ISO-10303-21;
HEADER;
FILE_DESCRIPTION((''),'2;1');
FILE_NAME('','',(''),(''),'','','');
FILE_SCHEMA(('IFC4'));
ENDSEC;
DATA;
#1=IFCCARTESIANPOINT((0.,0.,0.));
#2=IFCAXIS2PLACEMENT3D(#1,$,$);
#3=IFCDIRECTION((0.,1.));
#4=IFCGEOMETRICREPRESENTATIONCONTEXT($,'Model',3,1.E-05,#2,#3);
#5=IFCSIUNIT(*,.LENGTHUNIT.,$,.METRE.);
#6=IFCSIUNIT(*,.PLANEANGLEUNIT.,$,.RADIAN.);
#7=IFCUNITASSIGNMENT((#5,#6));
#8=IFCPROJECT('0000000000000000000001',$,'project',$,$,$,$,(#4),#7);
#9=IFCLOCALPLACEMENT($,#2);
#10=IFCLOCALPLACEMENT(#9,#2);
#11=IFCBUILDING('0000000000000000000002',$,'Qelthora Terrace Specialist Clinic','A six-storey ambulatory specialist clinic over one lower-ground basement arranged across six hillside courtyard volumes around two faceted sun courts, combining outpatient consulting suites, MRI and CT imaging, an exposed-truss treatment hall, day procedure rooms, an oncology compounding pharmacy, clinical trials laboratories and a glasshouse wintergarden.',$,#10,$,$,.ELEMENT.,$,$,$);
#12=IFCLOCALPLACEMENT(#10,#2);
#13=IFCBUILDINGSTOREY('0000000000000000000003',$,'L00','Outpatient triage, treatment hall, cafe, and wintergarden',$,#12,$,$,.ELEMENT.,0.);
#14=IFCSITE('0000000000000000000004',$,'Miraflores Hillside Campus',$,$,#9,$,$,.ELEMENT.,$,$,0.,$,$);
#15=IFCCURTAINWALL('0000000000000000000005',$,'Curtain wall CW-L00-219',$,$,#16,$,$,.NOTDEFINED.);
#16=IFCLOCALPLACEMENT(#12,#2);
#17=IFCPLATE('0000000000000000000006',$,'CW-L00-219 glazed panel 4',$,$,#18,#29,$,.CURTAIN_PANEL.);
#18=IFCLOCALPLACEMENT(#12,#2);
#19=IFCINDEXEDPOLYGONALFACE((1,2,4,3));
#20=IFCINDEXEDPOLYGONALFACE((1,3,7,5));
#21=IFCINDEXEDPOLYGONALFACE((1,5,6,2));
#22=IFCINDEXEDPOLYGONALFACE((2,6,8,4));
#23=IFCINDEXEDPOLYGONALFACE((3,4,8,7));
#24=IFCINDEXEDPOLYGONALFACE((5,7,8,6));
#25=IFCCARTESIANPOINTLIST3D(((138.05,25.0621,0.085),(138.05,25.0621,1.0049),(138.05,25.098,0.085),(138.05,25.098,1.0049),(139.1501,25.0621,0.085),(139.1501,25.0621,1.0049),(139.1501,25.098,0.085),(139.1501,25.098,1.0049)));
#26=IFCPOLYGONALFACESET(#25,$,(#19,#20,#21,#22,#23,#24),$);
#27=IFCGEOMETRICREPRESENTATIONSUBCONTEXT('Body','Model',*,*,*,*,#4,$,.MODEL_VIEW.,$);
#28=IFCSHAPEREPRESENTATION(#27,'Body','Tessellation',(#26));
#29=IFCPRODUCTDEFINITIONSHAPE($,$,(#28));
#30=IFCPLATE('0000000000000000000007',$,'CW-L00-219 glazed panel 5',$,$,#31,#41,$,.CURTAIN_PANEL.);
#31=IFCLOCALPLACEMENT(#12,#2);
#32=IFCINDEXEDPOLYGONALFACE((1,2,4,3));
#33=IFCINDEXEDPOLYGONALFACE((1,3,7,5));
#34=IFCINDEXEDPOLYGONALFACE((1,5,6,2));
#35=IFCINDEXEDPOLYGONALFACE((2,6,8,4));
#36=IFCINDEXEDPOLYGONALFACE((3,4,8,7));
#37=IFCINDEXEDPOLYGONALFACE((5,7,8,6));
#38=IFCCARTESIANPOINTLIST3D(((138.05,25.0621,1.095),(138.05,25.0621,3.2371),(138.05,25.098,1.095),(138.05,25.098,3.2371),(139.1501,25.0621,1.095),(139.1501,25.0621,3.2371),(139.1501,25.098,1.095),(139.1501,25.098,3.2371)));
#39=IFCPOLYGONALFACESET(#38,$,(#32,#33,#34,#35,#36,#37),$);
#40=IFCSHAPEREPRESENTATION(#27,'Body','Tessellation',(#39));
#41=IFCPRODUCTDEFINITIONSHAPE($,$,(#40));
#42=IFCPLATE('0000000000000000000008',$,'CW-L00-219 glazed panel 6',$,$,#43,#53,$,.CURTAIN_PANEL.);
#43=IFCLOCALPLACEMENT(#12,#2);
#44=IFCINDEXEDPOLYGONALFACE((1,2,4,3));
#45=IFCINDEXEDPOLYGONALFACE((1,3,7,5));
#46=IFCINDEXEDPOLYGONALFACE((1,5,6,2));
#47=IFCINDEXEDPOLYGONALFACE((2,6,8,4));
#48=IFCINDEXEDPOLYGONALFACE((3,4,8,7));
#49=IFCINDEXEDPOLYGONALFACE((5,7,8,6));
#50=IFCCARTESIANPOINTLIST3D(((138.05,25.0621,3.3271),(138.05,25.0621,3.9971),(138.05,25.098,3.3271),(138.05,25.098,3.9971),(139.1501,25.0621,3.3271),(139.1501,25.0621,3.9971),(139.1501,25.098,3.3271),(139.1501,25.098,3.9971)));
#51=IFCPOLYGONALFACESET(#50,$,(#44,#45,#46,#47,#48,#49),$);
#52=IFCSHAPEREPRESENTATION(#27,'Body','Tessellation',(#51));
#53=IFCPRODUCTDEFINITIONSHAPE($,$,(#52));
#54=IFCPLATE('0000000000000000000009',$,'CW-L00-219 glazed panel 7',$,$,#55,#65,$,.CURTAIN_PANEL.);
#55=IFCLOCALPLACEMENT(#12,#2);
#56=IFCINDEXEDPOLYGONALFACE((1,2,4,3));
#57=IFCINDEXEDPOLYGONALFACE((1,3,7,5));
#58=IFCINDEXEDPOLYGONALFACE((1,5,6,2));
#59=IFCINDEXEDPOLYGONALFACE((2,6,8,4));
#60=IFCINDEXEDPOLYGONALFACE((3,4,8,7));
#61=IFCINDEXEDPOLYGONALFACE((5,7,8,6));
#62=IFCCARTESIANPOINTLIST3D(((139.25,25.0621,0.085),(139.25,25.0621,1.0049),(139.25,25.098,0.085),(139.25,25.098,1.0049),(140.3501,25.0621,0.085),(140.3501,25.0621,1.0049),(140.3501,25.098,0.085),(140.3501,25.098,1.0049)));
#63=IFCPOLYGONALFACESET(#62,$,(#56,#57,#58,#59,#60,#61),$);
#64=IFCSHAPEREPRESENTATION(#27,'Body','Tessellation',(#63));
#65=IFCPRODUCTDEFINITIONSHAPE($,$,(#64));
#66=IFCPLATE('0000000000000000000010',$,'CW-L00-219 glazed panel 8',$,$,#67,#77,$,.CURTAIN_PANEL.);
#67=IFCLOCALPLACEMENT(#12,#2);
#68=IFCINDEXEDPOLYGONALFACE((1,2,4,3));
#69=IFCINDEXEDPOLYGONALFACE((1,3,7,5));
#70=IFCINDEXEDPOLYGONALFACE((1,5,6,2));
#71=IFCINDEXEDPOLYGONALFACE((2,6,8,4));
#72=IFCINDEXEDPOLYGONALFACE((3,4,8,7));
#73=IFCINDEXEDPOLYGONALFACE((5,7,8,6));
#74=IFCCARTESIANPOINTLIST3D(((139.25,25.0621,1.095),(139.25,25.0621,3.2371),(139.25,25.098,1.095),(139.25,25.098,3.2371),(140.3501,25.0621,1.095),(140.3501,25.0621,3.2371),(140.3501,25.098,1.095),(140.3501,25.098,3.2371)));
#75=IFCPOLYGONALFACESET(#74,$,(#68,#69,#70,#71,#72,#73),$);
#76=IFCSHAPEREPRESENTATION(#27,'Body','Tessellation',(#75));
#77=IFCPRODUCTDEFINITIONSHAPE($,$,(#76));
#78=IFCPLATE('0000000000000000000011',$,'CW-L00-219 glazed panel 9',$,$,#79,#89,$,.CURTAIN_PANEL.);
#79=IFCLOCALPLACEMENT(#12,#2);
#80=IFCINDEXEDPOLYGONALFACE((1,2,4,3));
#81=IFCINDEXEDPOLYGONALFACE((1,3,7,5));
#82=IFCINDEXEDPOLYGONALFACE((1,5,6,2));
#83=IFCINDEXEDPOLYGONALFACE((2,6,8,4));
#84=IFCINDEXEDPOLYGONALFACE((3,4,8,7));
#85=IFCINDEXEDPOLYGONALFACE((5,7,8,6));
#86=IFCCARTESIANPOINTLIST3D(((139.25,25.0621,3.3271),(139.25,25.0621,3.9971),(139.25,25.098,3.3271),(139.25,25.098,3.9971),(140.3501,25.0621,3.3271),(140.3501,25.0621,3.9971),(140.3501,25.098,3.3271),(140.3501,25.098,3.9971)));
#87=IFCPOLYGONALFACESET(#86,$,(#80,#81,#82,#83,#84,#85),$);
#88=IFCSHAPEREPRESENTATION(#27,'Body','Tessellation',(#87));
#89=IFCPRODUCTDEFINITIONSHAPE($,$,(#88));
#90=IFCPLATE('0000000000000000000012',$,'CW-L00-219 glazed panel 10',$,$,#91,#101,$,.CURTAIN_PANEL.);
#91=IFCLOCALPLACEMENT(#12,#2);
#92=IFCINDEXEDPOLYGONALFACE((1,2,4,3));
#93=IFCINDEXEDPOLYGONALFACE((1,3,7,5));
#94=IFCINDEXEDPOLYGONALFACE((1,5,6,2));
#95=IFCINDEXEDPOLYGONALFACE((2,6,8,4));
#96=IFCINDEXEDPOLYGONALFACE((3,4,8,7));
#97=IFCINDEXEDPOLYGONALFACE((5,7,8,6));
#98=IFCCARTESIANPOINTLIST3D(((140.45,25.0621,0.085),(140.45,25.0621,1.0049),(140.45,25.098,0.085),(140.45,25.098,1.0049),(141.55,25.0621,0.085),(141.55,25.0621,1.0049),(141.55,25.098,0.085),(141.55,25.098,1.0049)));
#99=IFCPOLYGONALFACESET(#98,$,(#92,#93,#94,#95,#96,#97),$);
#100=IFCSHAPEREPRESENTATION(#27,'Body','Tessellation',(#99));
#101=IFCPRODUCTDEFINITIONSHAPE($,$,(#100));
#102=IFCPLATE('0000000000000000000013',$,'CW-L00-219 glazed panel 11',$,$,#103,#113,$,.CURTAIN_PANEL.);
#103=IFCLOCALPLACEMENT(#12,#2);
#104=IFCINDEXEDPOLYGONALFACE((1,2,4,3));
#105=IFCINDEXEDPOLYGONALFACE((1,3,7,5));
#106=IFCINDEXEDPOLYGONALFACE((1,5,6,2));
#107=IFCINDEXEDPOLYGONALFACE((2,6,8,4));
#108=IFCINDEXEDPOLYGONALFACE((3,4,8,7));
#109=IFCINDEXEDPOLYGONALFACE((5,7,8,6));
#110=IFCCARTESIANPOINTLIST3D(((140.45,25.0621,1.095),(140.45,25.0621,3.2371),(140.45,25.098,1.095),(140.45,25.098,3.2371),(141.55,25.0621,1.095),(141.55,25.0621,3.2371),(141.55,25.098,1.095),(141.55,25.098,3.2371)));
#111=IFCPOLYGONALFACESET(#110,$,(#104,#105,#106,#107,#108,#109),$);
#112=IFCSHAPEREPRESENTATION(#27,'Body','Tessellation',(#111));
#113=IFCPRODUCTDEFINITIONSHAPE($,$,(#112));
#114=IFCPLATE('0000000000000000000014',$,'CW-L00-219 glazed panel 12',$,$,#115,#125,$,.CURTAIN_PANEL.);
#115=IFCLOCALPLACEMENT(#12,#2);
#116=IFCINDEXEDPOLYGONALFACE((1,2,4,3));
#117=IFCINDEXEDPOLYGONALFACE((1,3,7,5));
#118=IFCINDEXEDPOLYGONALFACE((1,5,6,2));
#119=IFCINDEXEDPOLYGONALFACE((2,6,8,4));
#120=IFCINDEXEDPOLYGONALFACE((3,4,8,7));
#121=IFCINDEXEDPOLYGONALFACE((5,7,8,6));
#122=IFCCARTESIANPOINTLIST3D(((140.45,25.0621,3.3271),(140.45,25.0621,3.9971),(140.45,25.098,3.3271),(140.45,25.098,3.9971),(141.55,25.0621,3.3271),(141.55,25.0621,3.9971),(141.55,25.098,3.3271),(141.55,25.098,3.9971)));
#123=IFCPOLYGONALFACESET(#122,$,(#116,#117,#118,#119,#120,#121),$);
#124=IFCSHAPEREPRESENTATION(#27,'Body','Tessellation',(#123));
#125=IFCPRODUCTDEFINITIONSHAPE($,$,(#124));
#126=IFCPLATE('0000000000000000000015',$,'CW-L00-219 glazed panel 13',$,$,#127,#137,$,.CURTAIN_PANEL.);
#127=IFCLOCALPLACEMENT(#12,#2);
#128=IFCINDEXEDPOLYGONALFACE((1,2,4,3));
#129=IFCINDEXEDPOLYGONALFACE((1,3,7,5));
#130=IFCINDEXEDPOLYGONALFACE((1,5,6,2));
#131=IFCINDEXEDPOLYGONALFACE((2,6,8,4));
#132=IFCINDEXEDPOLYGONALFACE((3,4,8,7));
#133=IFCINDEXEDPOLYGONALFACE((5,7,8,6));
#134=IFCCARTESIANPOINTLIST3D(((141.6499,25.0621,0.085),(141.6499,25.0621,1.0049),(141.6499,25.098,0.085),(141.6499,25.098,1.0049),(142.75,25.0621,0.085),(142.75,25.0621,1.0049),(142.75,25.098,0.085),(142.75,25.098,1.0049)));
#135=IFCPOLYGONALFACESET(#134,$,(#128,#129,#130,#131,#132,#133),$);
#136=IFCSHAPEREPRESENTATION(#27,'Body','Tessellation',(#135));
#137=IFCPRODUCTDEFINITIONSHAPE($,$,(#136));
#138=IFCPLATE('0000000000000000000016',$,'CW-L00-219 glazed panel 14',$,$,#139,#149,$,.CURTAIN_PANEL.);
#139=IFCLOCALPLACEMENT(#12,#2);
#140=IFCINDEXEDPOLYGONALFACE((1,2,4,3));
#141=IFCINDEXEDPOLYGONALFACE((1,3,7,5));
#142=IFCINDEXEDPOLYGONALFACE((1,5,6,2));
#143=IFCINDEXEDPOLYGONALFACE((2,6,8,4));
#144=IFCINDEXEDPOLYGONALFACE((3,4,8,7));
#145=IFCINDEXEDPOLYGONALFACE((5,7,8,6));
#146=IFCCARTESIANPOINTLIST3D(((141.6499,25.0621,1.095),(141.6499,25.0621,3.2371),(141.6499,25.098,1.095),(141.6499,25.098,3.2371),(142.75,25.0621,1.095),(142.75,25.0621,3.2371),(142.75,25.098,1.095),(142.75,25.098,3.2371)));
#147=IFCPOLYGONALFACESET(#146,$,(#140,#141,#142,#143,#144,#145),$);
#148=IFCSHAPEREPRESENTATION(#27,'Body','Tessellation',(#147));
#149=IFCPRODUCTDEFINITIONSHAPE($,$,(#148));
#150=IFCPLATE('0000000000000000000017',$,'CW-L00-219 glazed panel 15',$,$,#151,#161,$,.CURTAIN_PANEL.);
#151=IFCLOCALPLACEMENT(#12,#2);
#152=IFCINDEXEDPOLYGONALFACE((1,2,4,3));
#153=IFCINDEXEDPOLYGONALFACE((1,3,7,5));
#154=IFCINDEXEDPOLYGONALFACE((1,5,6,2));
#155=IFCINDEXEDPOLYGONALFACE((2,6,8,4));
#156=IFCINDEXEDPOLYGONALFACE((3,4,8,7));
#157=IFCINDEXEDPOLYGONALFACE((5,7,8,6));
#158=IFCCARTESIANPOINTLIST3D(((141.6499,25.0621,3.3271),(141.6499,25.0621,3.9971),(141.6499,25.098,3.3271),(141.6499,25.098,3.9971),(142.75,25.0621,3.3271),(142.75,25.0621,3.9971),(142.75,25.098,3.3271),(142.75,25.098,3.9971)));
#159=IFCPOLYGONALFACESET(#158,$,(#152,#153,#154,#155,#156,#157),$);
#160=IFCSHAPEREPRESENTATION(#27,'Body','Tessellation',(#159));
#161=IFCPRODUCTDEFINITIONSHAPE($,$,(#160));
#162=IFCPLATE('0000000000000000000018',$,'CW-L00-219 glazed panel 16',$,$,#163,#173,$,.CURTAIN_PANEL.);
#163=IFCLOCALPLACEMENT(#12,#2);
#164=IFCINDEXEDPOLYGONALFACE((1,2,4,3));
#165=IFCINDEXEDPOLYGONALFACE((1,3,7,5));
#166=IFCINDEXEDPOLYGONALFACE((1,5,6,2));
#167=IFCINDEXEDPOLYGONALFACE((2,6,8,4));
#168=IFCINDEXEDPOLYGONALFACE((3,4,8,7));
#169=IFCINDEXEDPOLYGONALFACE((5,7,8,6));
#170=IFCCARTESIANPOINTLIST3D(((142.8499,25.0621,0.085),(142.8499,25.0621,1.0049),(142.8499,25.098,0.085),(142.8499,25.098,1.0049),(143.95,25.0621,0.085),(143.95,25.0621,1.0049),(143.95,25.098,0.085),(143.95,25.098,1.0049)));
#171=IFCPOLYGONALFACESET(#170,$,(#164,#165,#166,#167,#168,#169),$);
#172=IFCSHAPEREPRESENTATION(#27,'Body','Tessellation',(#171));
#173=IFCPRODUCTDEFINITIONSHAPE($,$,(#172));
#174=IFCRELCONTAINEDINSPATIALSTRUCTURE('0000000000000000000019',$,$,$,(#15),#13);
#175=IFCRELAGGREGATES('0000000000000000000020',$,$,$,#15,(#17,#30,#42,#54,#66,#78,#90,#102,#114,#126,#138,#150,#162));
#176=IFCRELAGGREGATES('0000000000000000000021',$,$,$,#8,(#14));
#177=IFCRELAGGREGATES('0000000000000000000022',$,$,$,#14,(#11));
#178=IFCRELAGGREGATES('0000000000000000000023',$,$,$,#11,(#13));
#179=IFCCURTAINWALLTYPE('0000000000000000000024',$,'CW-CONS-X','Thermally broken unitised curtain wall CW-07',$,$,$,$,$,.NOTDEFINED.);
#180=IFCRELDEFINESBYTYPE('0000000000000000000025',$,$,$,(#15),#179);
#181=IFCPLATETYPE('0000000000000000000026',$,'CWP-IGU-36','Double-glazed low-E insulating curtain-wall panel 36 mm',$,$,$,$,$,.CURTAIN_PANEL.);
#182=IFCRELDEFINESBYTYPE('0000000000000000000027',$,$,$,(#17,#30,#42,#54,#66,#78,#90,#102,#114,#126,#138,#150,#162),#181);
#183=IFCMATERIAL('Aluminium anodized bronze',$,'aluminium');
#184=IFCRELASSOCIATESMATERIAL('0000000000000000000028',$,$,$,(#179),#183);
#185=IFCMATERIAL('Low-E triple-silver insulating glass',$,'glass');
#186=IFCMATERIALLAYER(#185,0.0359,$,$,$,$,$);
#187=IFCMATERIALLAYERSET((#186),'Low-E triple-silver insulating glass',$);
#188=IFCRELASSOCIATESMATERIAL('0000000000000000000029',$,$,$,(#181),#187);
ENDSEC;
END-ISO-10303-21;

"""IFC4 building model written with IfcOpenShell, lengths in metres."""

from ifc_helpers import new_model, si_unit, direction, frame, origin, origin_2d, place, context, subcontext, project, spatial, rectangle, extrude, material, layer, layer_set, type_object, element, aggregate, save


model = new_model("IFC4")

# Units and contexts
model_context = context("Model", 3, precision=1e-05, world=origin(), true_north=direction((0.0, 1.0)))
body_context = subcontext(model_context, "Body", "Model", "MODEL_VIEW")
ifc_project = project(units=[si_unit("LENGTHUNIT", "METRE"), si_unit("PLANEANGLEUNIT", "RADIAN")], contexts=[model_context])

# Site, building, storey
site_placement = place(None, origin())
site = spatial("IfcSite", under=ifc_project, at=site_placement, Name="Miraflores Hillside Campus", CompositionType="ELEMENT", RefElevation=0.0)
building_placement = place(site_placement, origin())
building = spatial("IfcBuilding", under=site, at=building_placement, Name="Qelthora Terrace Specialist Clinic", Description="A six-storey ambulatory specialist clinic over one lower-ground basement arranged across six hillside courtyard volumes around two faceted sun courts, combining outpatient consulting suites, MRI and CT imaging, an exposed-truss treatment hall, day procedure rooms, an oncology compounding pharmacy, clinical trials laboratories and a glasshouse wintergarden.", CompositionType="ELEMENT")
storey_placement = place(building_placement, origin())
storey = spatial("IfcBuildingStorey", under=building, at=storey_placement, Name="L00", Description="Outpatient triage, treatment hall, cafe, and wintergarden", CompositionType="ELEMENT", Elevation=0.0)

# Shared definitions
ifc_material_1 = material(Name="Aluminium anodized bronze", Category="aluminium")
curtain_wall_type = type_object("IfcCurtainWallType", Name="CW-CONS-X", Description="Thermally broken unitised curtain wall CW-07", PredefinedType="NOTDEFINED", material=ifc_material_1)

# Curtain wall
curtain_wall_1_placement = place(storey_placement, origin())
curtain_wall_1 = element("IfcCurtainWall", 1, at=curtain_wall_1_placement, inside=storey, type_object=curtain_wall_type, Name="Curtain wall CW-L00-219", PredefinedType="NOTDEFINED")

# Plates
ifc_material_2 = material(Name="Low-E triple-silver insulating glass", Category="glass")
ifc_layer = layer(ifc_material_2, 0.0359)
ifc_layer_set = layer_set([ifc_layer], Name="Low-E triple-silver insulating glass")
plate_type = type_object("IfcPlateType", Name="CWP-IGU-36", Description="Double-glazed low-E insulating curtain-wall panel 36 mm", PredefinedType="CURTAIN_PANEL", material=ifc_layer_set)
plate_1_placement = place(storey_placement, frame((138.6001, 25.0801, 0.085), z_axis=(0.0, 0.0, 1.0), x_axis=(1.0, 0.0, 0.0)))
plate_1 = element("IfcPlate", 2, at=plate_1_placement, type_object=plate_type, Name="CW-L00-219 glazed panel 4", PredefinedType="CURTAIN_PANEL", context=body_context, shape_type="SweptSolid", body=[
    extrude(rectangle(XDim=1.1001, YDim=0.0359, at=origin_2d()), origin(), (0.0, 0.0, 1.0), 0.9199),
])
plate_2_placement = place(storey_placement, frame((138.6001, 25.0801, 1.095), z_axis=(0.0, 0.0, 1.0), x_axis=(1.0, 0.0, 0.0)))
plate_2 = element("IfcPlate", 3, at=plate_2_placement, type_object=plate_type, Name="CW-L00-219 glazed panel 5", PredefinedType="CURTAIN_PANEL", context=body_context, shape_type="SweptSolid", body=[
    extrude(rectangle(XDim=1.1001, YDim=0.0359, at=origin_2d()), origin(), (0.0, 0.0, 1.0), 2.1421),
])
plate_3_placement = place(storey_placement, frame((138.6001, 25.0801, 3.3271), z_axis=(0.0, 0.0, 1.0), x_axis=(1.0, 0.0, 0.0)))
plate_3 = element("IfcPlate", 4, at=plate_3_placement, type_object=plate_type, Name="CW-L00-219 glazed panel 6", PredefinedType="CURTAIN_PANEL", context=body_context, shape_type="SweptSolid", body=[
    extrude(rectangle(XDim=1.1001, YDim=0.0359, at=origin_2d()), origin(), (0.0, 0.0, 1.0), 0.6699),
])
plate_4_placement = place(storey_placement, frame((139.8, 25.0801, 0.085), z_axis=(0.0, 0.0, 1.0), x_axis=(1.0, 0.0, 0.0)))
plate_4 = element("IfcPlate", 5, at=plate_4_placement, type_object=plate_type, Name="CW-L00-219 glazed panel 7", PredefinedType="CURTAIN_PANEL", context=body_context, shape_type="SweptSolid", body=[
    extrude(rectangle(XDim=1.1001, YDim=0.0359, at=origin_2d()), origin(), (0.0, 0.0, 1.0), 0.9199),
])
plate_5_placement = place(storey_placement, frame((139.8, 25.0801, 1.095), z_axis=(0.0, 0.0, 1.0), x_axis=(1.0, 0.0, 0.0)))
plate_5 = element("IfcPlate", 6, at=plate_5_placement, type_object=plate_type, Name="CW-L00-219 glazed panel 8", PredefinedType="CURTAIN_PANEL", context=body_context, shape_type="SweptSolid", body=[
    extrude(rectangle(XDim=1.1001, YDim=0.0359, at=origin_2d()), origin(), (0.0, 0.0, 1.0), 2.1421),
])
plate_6_placement = place(storey_placement, frame((139.8, 25.0801, 3.3271), z_axis=(0.0, 0.0, 1.0), x_axis=(1.0, 0.0, 0.0)))
plate_6 = element("IfcPlate", 7, at=plate_6_placement, type_object=plate_type, Name="CW-L00-219 glazed panel 9", PredefinedType="CURTAIN_PANEL", context=body_context, shape_type="SweptSolid", body=[
    extrude(rectangle(XDim=1.1001, YDim=0.0359, at=origin_2d()), origin(), (0.0, 0.0, 1.0), 0.6699),
])
plate_7_placement = place(storey_placement, frame((141.0, 25.0801, 0.085), z_axis=(0.0, 0.0, 1.0), x_axis=(1.0, 0.0, 0.0)))
plate_7 = element("IfcPlate", 8, at=plate_7_placement, type_object=plate_type, Name="CW-L00-219 glazed panel 10", PredefinedType="CURTAIN_PANEL", context=body_context, shape_type="SweptSolid", body=[
    extrude(rectangle(XDim=1.1001, YDim=0.0359, at=origin_2d()), origin(), (0.0, 0.0, 1.0), 0.9199),
])
plate_8_placement = place(storey_placement, frame((141.0, 25.0801, 1.095), z_axis=(0.0, 0.0, 1.0), x_axis=(1.0, 0.0, 0.0)))
plate_8 = element("IfcPlate", 9, at=plate_8_placement, type_object=plate_type, Name="CW-L00-219 glazed panel 11", PredefinedType="CURTAIN_PANEL", context=body_context, shape_type="SweptSolid", body=[
    extrude(rectangle(XDim=1.1001, YDim=0.0359, at=origin_2d()), origin(), (0.0, 0.0, 1.0), 2.1421),
])
plate_9_placement = place(storey_placement, frame((141.0, 25.0801, 3.3271), z_axis=(0.0, 0.0, 1.0), x_axis=(1.0, 0.0, 0.0)))
plate_9 = element("IfcPlate", 10, at=plate_9_placement, type_object=plate_type, Name="CW-L00-219 glazed panel 12", PredefinedType="CURTAIN_PANEL", context=body_context, shape_type="SweptSolid", body=[
    extrude(rectangle(XDim=1.1001, YDim=0.0359, at=origin_2d()), origin(), (0.0, 0.0, 1.0), 0.6699),
])
plate_10_placement = place(storey_placement, frame((142.2, 25.0801, 0.085), z_axis=(0.0, 0.0, 1.0), x_axis=(1.0, 0.0, 0.0)))
plate_10 = element("IfcPlate", 11, at=plate_10_placement, type_object=plate_type, Name="CW-L00-219 glazed panel 13", PredefinedType="CURTAIN_PANEL", context=body_context, shape_type="SweptSolid", body=[
    extrude(rectangle(XDim=1.1001, YDim=0.0359, at=origin_2d()), origin(), (0.0, 0.0, 1.0), 0.9199),
])
plate_11_placement = place(storey_placement, frame((142.2, 25.0801, 1.095), z_axis=(0.0, 0.0, 1.0), x_axis=(1.0, 0.0, 0.0)))
plate_11 = element("IfcPlate", 12, at=plate_11_placement, type_object=plate_type, Name="CW-L00-219 glazed panel 14", PredefinedType="CURTAIN_PANEL", context=body_context, shape_type="SweptSolid", body=[
    extrude(rectangle(XDim=1.1001, YDim=0.0359, at=origin_2d()), origin(), (0.0, 0.0, 1.0), 2.1421),
])
plate_12_placement = place(storey_placement, frame((142.2, 25.0801, 3.3271), z_axis=(0.0, 0.0, 1.0), x_axis=(1.0, 0.0, 0.0)))
plate_12 = element("IfcPlate", 13, at=plate_12_placement, type_object=plate_type, Name="CW-L00-219 glazed panel 15", PredefinedType="CURTAIN_PANEL", context=body_context, shape_type="SweptSolid", body=[
    extrude(rectangle(XDim=1.1001, YDim=0.0359, at=origin_2d()), origin(), (0.0, 0.0, 1.0), 0.6699),
])
plate_13_placement = place(storey_placement, frame((143.3999, 25.0801, 0.085), z_axis=(0.0, 0.0, 1.0), x_axis=(1.0, 0.0, 0.0)))
plate_13 = element("IfcPlate", 14, at=plate_13_placement, type_object=plate_type, Name="CW-L00-219 glazed panel 16", PredefinedType="CURTAIN_PANEL", context=body_context, shape_type="SweptSolid", body=[
    extrude(rectangle(XDim=1.1001, YDim=0.0359, at=origin_2d()), origin(), (0.0, 0.0, 1.0), 0.9199),
])
aggregate(curtain_wall_1, [plate_1, plate_2, plate_3, plate_4, plate_5, plate_6, plate_7, plate_8, plate_9, plate_10, plate_11, plate_12, plate_13])

save(model, "model.ifc")
